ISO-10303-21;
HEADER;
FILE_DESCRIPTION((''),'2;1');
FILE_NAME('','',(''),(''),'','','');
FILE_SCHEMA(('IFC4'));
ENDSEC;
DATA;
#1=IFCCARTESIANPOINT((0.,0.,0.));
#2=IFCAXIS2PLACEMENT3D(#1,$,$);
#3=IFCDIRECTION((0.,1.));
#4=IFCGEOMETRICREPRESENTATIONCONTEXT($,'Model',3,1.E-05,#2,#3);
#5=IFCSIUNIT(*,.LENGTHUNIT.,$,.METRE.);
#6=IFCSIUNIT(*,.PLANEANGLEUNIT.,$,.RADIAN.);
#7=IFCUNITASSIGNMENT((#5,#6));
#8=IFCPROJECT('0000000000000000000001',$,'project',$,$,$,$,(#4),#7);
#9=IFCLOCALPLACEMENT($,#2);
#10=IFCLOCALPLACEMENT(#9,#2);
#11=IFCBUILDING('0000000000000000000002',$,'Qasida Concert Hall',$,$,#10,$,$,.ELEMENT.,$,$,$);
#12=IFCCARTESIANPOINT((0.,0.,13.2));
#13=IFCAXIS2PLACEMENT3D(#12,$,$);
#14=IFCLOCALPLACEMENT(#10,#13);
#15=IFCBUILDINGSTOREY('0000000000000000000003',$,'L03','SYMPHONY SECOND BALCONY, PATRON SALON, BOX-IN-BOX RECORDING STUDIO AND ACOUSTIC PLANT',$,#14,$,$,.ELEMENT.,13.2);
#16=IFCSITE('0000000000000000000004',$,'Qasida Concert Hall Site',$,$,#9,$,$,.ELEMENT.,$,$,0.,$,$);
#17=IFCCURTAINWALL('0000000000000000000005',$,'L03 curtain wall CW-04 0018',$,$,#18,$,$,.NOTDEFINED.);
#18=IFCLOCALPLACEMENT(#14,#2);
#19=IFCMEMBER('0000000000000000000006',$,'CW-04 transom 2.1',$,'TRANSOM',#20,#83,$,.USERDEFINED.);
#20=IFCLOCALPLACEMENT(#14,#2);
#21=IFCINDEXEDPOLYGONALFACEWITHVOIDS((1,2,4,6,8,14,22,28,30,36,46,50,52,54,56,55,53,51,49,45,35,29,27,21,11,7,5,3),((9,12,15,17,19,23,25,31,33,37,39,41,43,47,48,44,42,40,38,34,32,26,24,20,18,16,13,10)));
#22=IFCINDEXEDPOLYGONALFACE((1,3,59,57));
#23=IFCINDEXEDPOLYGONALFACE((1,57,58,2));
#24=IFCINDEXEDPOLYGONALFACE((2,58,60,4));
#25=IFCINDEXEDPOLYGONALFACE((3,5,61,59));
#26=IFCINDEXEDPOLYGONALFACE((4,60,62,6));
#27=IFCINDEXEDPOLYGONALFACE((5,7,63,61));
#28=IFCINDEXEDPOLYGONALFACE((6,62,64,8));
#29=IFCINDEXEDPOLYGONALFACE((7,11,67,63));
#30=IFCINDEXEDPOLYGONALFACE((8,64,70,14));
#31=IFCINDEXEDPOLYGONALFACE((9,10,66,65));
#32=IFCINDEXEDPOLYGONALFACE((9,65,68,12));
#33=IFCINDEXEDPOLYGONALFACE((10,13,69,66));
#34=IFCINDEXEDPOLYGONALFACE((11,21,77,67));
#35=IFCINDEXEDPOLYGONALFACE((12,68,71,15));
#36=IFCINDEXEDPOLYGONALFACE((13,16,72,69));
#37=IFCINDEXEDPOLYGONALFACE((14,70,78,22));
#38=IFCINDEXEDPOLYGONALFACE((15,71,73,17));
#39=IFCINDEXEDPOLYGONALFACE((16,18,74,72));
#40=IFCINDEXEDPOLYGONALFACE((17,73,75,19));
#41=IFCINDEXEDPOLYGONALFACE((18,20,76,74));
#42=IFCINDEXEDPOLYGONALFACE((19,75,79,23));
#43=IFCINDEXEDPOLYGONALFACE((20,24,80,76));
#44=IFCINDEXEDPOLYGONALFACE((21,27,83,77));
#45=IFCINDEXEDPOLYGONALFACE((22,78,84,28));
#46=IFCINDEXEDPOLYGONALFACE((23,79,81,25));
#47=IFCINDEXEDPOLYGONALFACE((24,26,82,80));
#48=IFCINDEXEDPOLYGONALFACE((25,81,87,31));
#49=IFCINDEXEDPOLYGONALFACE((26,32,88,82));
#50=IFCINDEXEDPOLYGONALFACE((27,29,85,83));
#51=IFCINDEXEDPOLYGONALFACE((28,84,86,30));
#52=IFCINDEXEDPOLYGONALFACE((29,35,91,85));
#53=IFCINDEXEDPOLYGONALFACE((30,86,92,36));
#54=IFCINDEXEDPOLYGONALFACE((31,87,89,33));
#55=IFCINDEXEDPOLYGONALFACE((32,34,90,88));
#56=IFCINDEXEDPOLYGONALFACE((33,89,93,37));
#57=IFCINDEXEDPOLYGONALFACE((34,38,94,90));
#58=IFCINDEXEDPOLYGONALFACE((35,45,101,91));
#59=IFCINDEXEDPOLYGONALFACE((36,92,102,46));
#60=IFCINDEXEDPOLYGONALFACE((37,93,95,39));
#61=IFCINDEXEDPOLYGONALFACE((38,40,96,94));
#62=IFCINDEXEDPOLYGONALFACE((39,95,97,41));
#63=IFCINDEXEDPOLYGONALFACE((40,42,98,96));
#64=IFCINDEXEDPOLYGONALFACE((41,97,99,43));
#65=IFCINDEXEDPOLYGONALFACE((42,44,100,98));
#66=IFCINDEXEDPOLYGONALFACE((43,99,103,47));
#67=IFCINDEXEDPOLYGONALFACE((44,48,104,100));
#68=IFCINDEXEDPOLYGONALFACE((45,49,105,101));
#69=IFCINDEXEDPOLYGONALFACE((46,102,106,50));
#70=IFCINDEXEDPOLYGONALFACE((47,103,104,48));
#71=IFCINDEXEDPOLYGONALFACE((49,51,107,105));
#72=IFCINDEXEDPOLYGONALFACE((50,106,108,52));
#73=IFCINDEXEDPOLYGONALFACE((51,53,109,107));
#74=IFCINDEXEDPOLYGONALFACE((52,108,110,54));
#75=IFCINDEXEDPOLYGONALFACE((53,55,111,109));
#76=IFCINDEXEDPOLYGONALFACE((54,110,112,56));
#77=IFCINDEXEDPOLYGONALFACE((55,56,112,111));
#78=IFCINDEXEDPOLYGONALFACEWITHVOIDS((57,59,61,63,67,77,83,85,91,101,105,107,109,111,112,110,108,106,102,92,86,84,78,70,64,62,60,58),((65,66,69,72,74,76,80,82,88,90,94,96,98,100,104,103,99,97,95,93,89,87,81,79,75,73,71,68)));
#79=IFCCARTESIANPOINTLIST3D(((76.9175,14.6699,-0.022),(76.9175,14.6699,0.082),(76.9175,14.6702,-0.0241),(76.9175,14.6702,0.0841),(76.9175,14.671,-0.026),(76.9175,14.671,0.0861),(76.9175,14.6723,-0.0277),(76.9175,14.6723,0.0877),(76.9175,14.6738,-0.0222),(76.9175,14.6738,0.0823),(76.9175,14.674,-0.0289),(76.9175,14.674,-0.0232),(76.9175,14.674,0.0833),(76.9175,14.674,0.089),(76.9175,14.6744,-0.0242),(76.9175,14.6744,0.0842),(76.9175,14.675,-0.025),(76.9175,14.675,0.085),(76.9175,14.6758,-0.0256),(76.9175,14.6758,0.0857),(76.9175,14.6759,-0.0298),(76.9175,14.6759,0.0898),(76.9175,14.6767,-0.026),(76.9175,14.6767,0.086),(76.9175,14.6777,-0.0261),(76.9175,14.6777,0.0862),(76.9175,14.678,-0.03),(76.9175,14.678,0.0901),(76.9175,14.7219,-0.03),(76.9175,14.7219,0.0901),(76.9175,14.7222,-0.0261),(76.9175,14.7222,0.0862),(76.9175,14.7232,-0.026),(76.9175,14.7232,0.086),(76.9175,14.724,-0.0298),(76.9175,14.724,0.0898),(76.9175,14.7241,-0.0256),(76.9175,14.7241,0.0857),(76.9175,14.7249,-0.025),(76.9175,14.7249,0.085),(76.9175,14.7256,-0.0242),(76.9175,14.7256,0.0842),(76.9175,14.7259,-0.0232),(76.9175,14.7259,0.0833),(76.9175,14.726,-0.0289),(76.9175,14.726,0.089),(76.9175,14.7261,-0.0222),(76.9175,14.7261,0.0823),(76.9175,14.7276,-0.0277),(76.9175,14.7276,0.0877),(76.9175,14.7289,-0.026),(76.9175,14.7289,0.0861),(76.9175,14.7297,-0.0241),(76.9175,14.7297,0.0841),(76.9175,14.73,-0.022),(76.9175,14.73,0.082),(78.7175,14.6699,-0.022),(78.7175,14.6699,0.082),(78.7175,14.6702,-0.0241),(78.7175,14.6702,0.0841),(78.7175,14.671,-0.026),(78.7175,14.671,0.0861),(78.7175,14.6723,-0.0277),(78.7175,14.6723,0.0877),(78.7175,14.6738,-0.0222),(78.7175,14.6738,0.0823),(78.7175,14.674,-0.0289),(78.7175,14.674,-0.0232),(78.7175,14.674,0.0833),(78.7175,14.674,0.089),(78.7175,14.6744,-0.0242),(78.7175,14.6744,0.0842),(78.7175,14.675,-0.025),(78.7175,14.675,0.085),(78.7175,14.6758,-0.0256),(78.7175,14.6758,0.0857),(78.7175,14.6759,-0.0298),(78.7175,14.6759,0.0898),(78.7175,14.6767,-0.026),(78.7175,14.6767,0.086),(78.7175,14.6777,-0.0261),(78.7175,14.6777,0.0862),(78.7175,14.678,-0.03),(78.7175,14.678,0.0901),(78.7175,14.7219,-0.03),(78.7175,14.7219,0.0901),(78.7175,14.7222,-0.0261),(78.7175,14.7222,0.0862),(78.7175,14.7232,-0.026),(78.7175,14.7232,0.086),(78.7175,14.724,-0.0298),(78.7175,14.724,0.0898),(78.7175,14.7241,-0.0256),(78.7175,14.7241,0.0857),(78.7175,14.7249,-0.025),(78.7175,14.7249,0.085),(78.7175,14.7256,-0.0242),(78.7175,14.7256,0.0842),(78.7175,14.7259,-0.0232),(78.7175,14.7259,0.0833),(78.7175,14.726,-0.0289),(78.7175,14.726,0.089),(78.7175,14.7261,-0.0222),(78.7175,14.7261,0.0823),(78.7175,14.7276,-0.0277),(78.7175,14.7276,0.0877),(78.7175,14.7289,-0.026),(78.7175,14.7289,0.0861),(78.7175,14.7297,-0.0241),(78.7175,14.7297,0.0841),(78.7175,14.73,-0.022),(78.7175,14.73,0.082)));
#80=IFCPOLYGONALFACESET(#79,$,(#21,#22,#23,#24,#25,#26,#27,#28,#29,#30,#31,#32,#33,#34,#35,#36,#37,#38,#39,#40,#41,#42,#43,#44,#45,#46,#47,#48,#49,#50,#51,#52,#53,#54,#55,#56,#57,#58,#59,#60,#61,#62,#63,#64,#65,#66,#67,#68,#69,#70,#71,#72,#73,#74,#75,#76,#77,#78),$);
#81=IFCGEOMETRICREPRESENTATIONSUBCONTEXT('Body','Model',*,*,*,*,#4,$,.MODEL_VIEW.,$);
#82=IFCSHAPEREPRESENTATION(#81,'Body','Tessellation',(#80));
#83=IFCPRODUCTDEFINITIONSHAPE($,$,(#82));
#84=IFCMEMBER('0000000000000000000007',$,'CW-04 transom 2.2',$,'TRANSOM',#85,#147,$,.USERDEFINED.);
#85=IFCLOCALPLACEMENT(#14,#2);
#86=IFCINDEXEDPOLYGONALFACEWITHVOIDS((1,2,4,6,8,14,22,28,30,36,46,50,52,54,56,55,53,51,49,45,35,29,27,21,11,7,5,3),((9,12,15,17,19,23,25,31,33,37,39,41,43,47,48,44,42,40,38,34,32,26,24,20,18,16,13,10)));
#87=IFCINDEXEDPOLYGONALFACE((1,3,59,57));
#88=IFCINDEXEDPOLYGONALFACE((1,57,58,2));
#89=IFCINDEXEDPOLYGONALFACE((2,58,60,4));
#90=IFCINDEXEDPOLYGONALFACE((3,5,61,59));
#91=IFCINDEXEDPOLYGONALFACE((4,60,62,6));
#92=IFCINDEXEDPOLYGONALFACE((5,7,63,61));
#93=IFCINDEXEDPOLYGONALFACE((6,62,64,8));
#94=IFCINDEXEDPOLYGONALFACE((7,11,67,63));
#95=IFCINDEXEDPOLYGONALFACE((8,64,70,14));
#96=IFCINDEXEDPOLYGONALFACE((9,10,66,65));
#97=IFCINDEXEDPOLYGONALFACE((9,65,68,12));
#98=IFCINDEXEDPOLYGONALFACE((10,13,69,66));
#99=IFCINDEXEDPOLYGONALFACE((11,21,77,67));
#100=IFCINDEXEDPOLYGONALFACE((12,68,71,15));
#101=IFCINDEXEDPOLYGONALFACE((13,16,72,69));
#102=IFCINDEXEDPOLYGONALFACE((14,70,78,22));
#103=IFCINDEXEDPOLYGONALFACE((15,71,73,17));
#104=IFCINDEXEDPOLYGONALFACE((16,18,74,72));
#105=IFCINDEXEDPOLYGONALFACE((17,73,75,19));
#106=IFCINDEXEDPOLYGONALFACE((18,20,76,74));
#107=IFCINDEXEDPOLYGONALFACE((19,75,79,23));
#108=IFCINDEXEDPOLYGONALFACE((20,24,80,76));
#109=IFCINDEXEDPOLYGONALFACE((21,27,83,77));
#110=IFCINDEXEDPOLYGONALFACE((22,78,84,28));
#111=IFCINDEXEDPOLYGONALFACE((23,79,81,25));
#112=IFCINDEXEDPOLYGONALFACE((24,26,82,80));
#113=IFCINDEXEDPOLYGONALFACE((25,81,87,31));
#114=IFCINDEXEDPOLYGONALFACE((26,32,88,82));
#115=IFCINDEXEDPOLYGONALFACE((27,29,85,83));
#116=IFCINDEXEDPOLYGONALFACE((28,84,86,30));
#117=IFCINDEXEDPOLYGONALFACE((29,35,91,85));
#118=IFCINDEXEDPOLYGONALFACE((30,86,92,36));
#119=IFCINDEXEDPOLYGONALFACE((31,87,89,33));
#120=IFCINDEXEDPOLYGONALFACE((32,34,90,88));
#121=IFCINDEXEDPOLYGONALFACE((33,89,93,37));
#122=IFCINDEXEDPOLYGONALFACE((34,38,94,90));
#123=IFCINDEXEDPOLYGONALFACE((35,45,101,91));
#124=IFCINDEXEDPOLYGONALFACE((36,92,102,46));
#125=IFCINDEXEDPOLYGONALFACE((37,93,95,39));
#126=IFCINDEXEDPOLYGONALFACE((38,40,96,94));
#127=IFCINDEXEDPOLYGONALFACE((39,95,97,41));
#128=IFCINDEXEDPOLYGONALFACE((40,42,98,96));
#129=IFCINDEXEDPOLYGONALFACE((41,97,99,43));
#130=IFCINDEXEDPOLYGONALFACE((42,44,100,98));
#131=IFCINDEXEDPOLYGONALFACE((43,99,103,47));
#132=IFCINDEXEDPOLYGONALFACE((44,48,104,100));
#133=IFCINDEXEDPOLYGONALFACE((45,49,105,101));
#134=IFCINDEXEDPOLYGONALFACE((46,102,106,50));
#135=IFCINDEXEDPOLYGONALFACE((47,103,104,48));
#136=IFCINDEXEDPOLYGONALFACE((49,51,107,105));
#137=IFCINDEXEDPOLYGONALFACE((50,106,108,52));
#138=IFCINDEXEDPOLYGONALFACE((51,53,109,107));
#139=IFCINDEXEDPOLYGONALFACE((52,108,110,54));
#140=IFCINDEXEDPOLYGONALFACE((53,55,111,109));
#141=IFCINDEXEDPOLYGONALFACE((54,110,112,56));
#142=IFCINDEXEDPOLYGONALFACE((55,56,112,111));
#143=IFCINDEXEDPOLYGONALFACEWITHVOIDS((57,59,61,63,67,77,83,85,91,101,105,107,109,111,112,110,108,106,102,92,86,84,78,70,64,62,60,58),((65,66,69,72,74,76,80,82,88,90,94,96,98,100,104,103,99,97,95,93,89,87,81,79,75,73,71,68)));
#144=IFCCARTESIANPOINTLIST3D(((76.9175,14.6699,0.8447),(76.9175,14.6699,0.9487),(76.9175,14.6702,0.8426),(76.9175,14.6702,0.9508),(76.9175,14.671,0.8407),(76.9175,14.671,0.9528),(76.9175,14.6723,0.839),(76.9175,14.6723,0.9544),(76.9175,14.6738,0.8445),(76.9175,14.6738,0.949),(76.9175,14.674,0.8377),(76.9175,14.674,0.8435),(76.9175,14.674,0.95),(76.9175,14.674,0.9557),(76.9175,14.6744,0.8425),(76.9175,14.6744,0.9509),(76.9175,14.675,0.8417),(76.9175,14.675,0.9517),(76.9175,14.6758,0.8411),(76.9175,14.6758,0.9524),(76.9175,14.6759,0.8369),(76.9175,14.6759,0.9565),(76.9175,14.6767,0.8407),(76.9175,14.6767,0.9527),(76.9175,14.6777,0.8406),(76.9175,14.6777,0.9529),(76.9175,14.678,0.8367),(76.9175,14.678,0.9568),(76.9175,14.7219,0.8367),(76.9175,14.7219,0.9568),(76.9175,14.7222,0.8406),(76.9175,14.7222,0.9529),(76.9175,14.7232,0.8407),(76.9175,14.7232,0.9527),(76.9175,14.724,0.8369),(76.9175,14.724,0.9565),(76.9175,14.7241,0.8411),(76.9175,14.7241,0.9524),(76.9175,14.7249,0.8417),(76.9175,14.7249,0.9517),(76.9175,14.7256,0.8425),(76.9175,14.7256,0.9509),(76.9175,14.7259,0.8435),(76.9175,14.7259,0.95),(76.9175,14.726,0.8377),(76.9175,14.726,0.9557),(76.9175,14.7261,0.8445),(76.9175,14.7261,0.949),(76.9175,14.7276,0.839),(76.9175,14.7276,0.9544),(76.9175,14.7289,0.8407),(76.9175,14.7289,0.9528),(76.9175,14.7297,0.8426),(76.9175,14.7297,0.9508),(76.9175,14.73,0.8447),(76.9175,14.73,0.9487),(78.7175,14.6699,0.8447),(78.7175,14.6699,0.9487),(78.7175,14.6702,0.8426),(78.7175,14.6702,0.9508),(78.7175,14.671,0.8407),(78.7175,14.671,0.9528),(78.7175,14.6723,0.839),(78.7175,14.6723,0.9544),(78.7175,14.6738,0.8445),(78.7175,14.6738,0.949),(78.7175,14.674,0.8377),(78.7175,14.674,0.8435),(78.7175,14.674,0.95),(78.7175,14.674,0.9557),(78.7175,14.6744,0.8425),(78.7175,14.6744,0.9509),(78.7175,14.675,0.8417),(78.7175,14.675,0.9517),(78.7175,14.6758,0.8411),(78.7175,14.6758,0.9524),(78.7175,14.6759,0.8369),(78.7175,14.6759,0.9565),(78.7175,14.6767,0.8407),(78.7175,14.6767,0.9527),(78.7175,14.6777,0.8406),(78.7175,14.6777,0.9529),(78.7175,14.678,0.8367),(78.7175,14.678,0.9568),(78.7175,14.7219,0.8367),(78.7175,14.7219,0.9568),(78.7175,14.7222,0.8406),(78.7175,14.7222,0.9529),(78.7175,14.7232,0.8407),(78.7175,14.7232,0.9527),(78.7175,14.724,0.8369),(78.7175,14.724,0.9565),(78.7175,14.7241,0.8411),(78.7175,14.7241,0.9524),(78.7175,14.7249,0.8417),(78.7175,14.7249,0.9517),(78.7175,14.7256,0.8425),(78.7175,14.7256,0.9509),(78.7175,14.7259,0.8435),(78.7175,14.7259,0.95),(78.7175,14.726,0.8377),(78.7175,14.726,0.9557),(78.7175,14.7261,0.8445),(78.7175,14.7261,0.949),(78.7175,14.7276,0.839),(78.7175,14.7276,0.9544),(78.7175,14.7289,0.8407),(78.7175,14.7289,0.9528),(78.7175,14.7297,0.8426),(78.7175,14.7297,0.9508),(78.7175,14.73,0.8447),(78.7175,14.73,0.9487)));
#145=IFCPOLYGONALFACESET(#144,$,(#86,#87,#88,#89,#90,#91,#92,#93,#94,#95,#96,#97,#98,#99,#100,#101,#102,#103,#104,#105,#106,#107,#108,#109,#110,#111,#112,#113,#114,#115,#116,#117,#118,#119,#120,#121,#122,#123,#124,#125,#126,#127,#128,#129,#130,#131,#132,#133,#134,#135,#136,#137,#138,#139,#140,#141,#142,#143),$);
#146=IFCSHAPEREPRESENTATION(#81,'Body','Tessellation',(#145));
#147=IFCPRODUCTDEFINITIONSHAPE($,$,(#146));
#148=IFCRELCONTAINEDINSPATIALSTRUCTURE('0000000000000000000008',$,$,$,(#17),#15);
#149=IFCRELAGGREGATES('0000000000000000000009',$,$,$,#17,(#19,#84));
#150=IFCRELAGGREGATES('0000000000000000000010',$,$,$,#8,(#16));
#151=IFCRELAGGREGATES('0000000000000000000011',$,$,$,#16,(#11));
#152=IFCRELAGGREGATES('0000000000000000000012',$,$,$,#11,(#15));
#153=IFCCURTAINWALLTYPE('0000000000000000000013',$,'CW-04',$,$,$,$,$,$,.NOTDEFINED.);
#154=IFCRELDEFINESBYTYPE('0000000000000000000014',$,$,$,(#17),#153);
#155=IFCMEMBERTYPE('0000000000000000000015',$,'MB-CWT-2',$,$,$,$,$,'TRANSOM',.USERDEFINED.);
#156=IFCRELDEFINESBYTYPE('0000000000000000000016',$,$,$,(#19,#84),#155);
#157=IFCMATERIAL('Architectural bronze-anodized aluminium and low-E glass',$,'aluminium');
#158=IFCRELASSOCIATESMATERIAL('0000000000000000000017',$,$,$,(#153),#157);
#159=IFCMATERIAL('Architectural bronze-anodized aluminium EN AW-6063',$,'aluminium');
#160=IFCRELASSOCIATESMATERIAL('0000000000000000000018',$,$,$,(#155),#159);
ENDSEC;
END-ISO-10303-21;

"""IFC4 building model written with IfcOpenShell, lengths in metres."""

from ifc_helpers import new_model, si_unit, direction, frame, origin, origin_2d, place, context, subcontext, project, spatial, hollow_rectangle, extrude, material, material_profile, profile_set, type_object, element, aggregate, save


model = new_model("IFC4")

# Units and contexts
model_context = context("Model", 3, precision=1e-05, world=origin(), true_north=direction((0.0, 1.0)))
body_context = subcontext(model_context, "Body", "Model", "MODEL_VIEW")
ifc_project = project(units=[si_unit("LENGTHUNIT", "METRE"), si_unit("PLANEANGLEUNIT", "RADIAN")], contexts=[model_context])

# Site, building, storey
site_placement = place(None, origin())
site = spatial("IfcSite", under=ifc_project, at=site_placement, Name="Qasida Concert Hall Site", CompositionType="ELEMENT", RefElevation=0.0)
building_placement = place(site_placement, origin())
building = spatial("IfcBuilding", under=site, at=building_placement, Name="Qasida Concert Hall", CompositionType="ELEMENT")
storey_placement = place(building_placement, frame((0.0, 0.0, 13.2)))
storey = spatial("IfcBuildingStorey", under=building, at=storey_placement, Name="L03", Description="SYMPHONY SECOND BALCONY, PATRON SALON, BOX-IN-BOX RECORDING STUDIO AND ACOUSTIC PLANT", CompositionType="ELEMENT", Elevation=13.2)

# Curtain wall, members
ifc_material_1 = material(Name="Architectural bronze-anodized aluminium and low-E glass", Category="aluminium")
curtain_wall_type = type_object("IfcCurtainWallType", Name="CW-04", PredefinedType="NOTDEFINED", material=ifc_material_1)
curtain_wall_placement = place(storey_placement, origin())
curtain_wall = element("IfcCurtainWall", 1, at=curtain_wall_placement, inside=storey, type_object=curtain_wall_type, Name="L03 curtain wall CW-04 0018", PredefinedType="NOTDEFINED")
ifc_material_2 = material(Name="Architectural bronze-anodized aluminium EN AW-6063", Category="aluminium")
ifc_material_profile_1 = material_profile(ifc_material_2, hollow_rectangle(XDim=0.0601, YDim=0.1201, WallThickness=0.0039, InnerFilletRadius=0.0039, OuterFilletRadius=0.0081, at=origin_2d()), Name="CWT 120x60x4")
ifc_profile_set_1 = profile_set([ifc_material_profile_1], Name="Architectural bronze-anodized aluminium EN AW-6063")
member_type_1 = type_object("IfcMemberType", Name="MB-CWT-2", ElementType="TRANSOM", PredefinedType="USERDEFINED", material=ifc_profile_set_1)
member_1_placement = place(storey_placement, frame((76.9175, 14.7, 0.03), z_axis=(1.0, 0.0, 0.0), x_axis=(0.0, 1.0, 0.0)))
member_1 = element("IfcMember", 2, at=member_1_placement, type_object=member_type_1, Name="CW-04 transom 2.1", ObjectType="TRANSOM", PredefinedType="USERDEFINED", context=body_context, shape_type="SweptSolid", body=[
    extrude(hollow_rectangle(XDim=0.0601, YDim=0.1201, WallThickness=0.0039, InnerFilletRadius=0.0039, OuterFilletRadius=0.0081, at=origin_2d()), origin(), (0.0, 0.0, 1.0), 1.8),
])
member_2_placement = place(storey_placement, frame((76.9175, 14.7, 0.8967), z_axis=(1.0, 0.0, 0.0), x_axis=(0.0, 1.0, 0.0)))
member_2 = element("IfcMember", 3, at=member_2_placement, type_object=member_type_1, Name="CW-04 transom 2.2", ObjectType="TRANSOM", PredefinedType="USERDEFINED", context=body_context, shape_type="SweptSolid", body=[
    extrude(hollow_rectangle(XDim=0.0601, YDim=0.1201, WallThickness=0.0039, InnerFilletRadius=0.0039, OuterFilletRadius=0.0081, at=origin_2d()), origin(), (0.0, 0.0, 1.0), 1.8),
])
aggregate(curtain_wall, [member_1, member_2])

save(model, "model.ifc")
